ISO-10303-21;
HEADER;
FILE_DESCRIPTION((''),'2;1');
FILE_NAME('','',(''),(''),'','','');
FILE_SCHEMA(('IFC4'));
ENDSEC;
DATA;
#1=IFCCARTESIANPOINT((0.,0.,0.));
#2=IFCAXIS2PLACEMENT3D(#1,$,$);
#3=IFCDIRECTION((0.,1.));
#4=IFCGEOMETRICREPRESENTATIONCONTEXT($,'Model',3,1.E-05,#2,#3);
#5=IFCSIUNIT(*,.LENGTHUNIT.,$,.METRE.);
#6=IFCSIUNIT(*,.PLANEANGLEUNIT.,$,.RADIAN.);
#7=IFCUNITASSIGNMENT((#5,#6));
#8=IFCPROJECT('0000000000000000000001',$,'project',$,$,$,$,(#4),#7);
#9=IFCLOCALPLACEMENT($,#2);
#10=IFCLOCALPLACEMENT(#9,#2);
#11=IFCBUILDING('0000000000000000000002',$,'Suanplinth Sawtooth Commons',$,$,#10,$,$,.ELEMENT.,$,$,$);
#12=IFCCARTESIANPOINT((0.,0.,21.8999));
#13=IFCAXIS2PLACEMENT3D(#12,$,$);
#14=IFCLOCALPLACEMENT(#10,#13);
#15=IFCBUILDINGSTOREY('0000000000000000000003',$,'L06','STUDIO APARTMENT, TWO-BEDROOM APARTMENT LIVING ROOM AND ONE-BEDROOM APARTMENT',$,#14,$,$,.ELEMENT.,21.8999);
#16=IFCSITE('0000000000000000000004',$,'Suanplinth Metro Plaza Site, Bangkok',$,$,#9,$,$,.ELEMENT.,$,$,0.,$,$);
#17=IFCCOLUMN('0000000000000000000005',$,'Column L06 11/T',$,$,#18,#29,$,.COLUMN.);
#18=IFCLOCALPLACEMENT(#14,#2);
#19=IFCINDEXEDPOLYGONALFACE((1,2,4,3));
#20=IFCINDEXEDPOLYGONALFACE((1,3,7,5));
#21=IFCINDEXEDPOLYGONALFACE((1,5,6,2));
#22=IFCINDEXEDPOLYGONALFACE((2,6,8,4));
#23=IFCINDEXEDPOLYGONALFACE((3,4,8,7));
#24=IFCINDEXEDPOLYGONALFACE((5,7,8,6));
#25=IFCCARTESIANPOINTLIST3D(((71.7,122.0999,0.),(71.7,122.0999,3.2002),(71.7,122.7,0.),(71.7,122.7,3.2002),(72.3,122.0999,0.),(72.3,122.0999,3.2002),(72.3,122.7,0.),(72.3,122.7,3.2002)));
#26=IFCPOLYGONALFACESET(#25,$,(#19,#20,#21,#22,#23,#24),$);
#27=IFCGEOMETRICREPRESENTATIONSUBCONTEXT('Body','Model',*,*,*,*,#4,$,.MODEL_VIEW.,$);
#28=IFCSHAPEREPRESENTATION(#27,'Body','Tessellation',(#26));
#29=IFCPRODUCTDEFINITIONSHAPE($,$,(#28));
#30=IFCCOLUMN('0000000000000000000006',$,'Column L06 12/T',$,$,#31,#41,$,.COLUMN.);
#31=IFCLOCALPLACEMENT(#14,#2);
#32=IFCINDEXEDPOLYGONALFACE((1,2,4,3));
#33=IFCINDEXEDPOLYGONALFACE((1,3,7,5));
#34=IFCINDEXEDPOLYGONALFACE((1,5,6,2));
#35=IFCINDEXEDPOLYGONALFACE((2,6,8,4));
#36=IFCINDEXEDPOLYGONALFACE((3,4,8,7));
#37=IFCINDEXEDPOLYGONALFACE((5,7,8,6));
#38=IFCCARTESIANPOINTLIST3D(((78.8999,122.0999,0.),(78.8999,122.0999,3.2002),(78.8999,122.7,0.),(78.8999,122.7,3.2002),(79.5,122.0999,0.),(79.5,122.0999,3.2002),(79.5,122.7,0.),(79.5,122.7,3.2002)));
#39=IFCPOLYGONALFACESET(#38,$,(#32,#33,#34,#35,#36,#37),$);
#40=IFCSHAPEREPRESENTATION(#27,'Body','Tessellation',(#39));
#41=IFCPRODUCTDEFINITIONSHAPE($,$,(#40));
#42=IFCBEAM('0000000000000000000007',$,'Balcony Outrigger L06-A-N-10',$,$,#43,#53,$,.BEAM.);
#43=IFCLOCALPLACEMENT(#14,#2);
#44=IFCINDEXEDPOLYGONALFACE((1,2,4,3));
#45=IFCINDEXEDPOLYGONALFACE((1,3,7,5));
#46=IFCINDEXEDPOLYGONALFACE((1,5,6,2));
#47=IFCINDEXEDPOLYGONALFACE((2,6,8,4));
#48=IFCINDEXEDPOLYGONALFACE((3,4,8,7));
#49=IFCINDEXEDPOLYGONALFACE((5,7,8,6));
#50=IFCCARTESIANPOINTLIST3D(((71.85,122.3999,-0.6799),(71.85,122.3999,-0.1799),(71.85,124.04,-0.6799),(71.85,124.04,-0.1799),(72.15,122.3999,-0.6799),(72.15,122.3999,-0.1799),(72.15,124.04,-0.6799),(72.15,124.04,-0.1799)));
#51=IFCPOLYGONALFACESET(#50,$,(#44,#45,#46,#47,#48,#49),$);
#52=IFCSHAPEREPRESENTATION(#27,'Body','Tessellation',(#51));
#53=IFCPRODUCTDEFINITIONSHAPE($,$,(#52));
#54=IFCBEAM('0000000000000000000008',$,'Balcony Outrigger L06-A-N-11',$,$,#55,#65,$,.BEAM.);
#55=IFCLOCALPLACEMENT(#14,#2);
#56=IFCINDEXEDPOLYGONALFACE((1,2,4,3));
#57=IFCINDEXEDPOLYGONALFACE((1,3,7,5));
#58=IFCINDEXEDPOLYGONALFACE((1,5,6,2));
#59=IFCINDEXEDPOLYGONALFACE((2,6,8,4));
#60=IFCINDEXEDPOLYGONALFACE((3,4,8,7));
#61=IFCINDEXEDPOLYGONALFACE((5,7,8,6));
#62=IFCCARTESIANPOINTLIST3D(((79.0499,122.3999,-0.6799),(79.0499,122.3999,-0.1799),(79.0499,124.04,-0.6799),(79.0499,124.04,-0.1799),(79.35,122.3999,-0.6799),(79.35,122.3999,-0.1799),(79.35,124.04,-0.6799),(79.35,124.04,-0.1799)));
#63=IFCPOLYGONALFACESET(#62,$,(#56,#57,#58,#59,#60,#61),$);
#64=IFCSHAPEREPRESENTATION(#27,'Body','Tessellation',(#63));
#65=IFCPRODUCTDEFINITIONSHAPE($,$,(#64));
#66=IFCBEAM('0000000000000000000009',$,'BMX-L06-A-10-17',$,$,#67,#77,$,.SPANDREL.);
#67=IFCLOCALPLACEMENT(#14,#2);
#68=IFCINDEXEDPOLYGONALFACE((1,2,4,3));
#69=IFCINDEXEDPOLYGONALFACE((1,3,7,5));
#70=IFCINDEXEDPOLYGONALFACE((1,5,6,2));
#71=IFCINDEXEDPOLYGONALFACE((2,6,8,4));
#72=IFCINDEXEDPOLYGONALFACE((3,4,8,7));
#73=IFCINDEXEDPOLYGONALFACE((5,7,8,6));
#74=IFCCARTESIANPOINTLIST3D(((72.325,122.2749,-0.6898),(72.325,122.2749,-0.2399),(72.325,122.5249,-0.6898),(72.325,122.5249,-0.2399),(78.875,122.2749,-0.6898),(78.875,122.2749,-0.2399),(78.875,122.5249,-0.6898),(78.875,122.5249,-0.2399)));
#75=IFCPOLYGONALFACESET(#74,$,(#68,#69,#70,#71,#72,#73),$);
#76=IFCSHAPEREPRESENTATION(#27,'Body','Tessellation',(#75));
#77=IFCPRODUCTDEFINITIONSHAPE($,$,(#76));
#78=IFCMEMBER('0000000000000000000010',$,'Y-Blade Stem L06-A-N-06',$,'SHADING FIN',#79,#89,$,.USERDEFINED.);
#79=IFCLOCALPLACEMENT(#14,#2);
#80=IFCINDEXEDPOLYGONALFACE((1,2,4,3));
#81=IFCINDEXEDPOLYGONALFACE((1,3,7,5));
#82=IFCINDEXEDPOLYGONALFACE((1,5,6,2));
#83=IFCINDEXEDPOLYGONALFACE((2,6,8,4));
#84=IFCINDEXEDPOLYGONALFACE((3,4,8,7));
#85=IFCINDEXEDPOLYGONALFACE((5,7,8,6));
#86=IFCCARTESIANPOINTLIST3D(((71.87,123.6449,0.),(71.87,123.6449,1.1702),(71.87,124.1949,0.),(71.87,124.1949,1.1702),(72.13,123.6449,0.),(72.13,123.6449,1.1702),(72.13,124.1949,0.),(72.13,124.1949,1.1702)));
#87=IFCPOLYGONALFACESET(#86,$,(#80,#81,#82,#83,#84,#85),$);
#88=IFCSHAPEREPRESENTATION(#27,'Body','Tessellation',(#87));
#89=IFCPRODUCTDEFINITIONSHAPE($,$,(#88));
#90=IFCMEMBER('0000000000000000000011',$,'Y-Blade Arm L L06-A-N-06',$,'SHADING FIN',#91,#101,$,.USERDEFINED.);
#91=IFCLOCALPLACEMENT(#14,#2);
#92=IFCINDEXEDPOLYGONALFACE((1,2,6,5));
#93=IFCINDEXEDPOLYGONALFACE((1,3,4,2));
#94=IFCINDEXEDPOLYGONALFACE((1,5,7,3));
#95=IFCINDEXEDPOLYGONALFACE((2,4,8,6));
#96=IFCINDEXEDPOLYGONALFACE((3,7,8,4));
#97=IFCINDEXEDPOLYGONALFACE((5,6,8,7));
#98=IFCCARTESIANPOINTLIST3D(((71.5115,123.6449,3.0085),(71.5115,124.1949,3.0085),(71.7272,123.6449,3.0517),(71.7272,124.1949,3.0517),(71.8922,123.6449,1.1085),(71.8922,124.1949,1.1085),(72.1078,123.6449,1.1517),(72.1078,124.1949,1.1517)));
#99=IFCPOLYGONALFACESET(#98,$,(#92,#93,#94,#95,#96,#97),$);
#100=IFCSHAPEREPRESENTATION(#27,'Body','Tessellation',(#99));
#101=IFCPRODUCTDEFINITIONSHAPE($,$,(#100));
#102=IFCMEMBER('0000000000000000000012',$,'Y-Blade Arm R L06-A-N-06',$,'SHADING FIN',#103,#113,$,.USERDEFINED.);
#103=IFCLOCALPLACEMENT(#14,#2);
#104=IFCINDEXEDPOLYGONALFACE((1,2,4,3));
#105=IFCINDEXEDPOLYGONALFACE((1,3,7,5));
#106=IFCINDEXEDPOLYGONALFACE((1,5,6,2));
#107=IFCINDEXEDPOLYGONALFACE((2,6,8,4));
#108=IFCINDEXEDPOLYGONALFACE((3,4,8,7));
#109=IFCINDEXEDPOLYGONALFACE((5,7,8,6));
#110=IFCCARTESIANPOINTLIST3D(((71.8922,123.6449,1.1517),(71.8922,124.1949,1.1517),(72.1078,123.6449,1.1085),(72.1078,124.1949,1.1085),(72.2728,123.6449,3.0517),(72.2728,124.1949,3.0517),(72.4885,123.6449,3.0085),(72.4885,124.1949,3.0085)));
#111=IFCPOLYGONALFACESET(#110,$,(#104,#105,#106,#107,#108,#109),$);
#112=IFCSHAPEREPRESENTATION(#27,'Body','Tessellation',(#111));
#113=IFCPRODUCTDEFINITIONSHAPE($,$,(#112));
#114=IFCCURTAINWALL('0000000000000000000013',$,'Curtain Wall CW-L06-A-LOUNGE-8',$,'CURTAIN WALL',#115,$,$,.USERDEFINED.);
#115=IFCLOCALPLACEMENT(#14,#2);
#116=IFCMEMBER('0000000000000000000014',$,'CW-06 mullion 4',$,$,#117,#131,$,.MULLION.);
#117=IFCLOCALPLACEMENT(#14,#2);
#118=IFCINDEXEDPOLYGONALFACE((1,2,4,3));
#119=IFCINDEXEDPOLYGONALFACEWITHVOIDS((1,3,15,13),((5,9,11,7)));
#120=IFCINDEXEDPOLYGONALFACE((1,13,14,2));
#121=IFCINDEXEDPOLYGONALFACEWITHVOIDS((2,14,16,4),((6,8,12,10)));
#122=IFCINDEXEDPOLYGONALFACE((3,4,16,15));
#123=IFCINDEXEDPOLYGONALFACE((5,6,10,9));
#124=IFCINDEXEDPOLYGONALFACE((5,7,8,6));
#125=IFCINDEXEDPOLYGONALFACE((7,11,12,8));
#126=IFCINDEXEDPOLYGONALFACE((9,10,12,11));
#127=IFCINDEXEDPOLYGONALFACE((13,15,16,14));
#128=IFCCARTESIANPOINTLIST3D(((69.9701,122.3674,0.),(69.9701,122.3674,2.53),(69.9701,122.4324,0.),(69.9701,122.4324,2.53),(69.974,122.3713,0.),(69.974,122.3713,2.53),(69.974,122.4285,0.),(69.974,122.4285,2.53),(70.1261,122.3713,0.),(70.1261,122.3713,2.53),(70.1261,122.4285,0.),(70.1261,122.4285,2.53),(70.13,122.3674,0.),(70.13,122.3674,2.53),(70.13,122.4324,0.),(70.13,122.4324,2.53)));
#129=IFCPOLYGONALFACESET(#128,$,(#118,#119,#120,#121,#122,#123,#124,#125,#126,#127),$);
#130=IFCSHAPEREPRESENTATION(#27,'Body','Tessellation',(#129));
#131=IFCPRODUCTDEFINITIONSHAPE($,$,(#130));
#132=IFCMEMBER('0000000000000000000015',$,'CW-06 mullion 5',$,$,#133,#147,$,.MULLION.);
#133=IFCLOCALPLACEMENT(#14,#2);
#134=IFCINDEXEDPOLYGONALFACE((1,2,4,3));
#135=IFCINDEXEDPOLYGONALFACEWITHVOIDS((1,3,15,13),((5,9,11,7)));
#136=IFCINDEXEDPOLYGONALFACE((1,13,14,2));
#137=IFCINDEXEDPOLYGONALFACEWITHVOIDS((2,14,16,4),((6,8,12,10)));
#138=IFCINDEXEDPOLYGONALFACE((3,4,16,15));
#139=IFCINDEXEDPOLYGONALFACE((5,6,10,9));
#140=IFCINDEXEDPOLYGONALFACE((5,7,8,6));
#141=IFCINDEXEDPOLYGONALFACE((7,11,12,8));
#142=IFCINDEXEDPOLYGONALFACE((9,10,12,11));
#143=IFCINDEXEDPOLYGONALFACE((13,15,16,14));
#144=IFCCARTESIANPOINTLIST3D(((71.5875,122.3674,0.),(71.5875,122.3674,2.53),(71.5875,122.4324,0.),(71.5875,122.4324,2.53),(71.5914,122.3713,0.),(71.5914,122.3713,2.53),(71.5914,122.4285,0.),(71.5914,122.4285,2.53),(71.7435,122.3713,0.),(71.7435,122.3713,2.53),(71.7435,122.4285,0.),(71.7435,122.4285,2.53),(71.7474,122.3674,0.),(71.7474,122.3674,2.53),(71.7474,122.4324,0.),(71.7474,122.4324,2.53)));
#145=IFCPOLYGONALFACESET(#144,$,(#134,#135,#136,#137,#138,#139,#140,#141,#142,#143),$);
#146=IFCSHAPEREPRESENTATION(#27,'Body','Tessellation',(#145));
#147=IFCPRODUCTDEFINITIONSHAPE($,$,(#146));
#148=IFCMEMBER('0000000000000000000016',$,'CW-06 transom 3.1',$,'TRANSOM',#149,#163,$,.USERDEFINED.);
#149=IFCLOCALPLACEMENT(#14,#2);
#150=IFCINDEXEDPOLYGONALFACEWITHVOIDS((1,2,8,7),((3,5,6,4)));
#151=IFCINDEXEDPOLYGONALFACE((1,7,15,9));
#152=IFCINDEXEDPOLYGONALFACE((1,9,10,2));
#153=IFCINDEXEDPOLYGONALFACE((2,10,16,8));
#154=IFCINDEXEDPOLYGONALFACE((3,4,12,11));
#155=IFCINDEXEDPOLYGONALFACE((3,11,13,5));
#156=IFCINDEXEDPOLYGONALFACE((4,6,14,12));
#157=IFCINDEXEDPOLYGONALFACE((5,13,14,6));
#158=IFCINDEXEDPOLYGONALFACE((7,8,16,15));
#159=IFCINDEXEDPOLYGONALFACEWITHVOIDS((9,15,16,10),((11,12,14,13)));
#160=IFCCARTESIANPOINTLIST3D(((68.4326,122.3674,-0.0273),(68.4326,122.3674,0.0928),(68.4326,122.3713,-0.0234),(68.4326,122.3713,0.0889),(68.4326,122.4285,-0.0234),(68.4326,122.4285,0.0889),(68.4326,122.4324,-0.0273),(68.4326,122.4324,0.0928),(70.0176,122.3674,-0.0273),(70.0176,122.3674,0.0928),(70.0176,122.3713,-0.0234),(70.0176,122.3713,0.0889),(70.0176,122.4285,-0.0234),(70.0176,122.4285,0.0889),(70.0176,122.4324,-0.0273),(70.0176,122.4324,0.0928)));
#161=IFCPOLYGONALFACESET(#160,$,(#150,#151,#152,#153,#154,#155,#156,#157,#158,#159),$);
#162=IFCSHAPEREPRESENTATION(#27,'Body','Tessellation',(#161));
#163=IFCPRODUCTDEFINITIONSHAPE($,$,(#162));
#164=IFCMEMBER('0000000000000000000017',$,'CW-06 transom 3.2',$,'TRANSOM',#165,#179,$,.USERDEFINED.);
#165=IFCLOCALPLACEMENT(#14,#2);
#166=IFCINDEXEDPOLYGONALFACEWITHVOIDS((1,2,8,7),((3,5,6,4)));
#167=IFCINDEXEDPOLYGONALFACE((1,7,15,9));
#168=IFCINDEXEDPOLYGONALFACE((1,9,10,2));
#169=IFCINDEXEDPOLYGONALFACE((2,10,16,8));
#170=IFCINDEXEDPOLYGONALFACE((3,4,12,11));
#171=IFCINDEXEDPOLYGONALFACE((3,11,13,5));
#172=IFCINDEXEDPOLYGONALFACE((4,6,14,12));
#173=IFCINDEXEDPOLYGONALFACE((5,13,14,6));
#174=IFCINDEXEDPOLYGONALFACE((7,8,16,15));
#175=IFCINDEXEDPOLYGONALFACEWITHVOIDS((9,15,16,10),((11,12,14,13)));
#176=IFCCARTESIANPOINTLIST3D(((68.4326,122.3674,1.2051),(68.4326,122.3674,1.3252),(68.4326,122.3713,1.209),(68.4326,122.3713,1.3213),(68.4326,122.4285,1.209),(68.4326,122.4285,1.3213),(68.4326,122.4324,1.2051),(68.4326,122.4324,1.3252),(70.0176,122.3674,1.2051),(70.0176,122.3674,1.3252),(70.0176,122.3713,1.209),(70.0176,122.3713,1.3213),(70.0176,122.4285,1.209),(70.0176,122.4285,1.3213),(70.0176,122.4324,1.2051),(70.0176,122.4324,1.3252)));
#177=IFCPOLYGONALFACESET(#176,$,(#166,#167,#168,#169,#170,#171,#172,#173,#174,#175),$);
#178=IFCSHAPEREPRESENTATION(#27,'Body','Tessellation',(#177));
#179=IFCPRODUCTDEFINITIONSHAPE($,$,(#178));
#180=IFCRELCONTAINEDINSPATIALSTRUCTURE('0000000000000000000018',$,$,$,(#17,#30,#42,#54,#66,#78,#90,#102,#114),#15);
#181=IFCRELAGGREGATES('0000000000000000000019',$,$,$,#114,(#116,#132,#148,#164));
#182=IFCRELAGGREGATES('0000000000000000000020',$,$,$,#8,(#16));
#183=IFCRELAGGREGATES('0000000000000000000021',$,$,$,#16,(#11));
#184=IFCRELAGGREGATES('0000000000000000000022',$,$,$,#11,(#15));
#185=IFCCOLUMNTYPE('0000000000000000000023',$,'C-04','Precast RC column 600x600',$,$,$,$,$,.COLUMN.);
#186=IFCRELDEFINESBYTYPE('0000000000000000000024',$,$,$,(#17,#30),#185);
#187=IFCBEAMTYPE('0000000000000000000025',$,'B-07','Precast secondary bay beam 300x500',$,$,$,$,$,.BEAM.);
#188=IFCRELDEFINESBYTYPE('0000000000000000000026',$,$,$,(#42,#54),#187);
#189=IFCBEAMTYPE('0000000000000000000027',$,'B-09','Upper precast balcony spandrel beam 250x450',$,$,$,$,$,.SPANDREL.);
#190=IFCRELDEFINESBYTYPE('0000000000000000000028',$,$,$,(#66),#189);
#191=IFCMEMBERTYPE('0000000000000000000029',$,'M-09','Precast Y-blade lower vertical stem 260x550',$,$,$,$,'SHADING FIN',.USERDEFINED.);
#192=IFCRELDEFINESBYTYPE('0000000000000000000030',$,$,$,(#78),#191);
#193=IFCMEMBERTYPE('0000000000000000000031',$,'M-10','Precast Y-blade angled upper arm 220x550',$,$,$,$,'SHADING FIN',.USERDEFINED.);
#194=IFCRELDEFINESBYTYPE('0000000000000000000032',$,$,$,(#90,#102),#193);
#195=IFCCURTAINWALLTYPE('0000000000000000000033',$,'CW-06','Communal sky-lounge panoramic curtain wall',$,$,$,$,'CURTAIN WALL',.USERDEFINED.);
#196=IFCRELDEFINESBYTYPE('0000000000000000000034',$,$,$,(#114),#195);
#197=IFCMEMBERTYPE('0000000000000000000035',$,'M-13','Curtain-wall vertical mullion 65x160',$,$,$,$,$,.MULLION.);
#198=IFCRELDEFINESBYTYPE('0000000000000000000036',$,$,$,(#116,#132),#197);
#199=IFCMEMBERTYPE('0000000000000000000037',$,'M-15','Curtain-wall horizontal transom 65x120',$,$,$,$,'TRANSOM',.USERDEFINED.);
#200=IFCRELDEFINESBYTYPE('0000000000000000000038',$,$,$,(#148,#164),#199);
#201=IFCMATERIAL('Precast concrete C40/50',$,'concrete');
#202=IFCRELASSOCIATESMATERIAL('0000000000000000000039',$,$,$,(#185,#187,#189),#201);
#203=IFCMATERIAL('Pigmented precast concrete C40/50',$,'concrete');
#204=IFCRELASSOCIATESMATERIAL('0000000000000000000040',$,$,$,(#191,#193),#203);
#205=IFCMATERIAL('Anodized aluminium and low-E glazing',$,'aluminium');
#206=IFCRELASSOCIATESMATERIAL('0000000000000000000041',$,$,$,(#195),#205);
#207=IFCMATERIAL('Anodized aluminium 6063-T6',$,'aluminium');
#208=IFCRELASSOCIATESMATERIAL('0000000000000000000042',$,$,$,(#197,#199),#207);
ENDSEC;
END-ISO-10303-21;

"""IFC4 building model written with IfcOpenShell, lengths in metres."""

from ifc_helpers import new_model, si_unit, direction, frame, origin, origin_2d, place, context, subcontext, project, spatial, rectangle, hollow_rectangle, extrude, material, material_profile, profile_set, type_object, element, aggregate, save


model = new_model("IFC4")

# Units and contexts
model_context = context("Model", 3, precision=1e-05, world=origin(), true_north=direction((0.0, 1.0)))
body_context = subcontext(model_context, "Body", "Model", "MODEL_VIEW")
ifc_project = project(units=[si_unit("LENGTHUNIT", "METRE"), si_unit("PLANEANGLEUNIT", "RADIAN")], contexts=[model_context])

# Site, building, storey
site_placement = place(None, origin())
site = spatial("IfcSite", under=ifc_project, at=site_placement, Name="Suanplinth Metro Plaza Site, Bangkok", CompositionType="ELEMENT", RefElevation=0.0)
building_placement = place(site_placement, origin())
building = spatial("IfcBuilding", under=site, at=building_placement, Name="Suanplinth Sawtooth Commons", CompositionType="ELEMENT")
storey_placement = place(building_placement, frame((0.0, 0.0, 21.8999)))
storey = spatial("IfcBuildingStorey", under=building, at=storey_placement, Name="L06", Description="STUDIO APARTMENT, TWO-BEDROOM APARTMENT LIVING ROOM AND ONE-BEDROOM APARTMENT", CompositionType="ELEMENT", Elevation=21.8999)

# Columns
ifc_material_1 = material(Name="Precast concrete C40/50", Category="concrete")
ifc_material_profile_1 = material_profile(ifc_material_1, rectangle(XDim=0.6001, YDim=0.6001, at=origin_2d()), Name="PC-COL 600x600")
ifc_profile_set_1 = profile_set([ifc_material_profile_1], Name="Precast concrete C40/50")
column_type = type_object("IfcColumnType", Name="C-04", Description="Precast RC column 600x600", PredefinedType="COLUMN", material=ifc_profile_set_1)
for number, where, z_axis, x_axis, name in (
    (1, (72.0, 122.3999, 0.0), (0.0, 0.0, 1.0), (1.0, 0.0, 0.0), "Column L06 11/T"),
    (2, (79.2, 122.3999, 0.0), (0.0, 0.0, 1.0), (1.0, 0.0, 0.0), "Column L06 12/T"),
):
    element("IfcColumn", number, at=place(storey_placement, frame(where, z_axis=z_axis, x_axis=x_axis)), inside=storey, type_object=column_type, Name=name, PredefinedType="COLUMN", context=body_context, shape_type="SweptSolid", body=[
        extrude(rectangle(XDim=0.6001, YDim=0.6001, at=origin_2d()), origin(), (0.0, 0.0, 1.0), 3.2002),
    ])

# Beams
ifc_material_profile_2 = material_profile(ifc_material_1, rectangle(XDim=0.3, YDim=0.5, at=origin_2d()), Name="PC-BM 300x500")
ifc_profile_set_2 = profile_set([ifc_material_profile_2], Name="Precast concrete C40/50")
beam_type_1 = type_object("IfcBeamType", Name="B-07", Description="Precast secondary bay beam 300x500", PredefinedType="BEAM", material=ifc_profile_set_2)
for number, where, z_axis, x_axis, name in (
    (3, (72.0, 122.3999, -0.4299), (0.0, 1.0, 0.0), (-1.0, 0.0, 0.0), "Balcony Outrigger L06-A-N-10"),
    (4, (79.2, 122.3999, -0.4299), (0.0, 1.0, 0.0), (-1.0, 0.0, 0.0), "Balcony Outrigger L06-A-N-11"),
):
    element("IfcBeam", number, at=place(storey_placement, frame(where, z_axis=z_axis, x_axis=x_axis)), inside=storey, type_object=beam_type_1, Name=name, PredefinedType="BEAM", context=body_context, shape_type="SweptSolid", body=[
        extrude(rectangle(XDim=0.3, YDim=0.5, at=origin_2d()), origin(), (0.0, 0.0, 1.0), 1.6401),
    ])
ifc_material_profile_3 = material_profile(ifc_material_1, rectangle(XDim=0.25, YDim=0.45, at=origin_2d()), Name="PC-SP 250x450")
ifc_profile_set_3 = profile_set([ifc_material_profile_3], Name="Precast concrete C40/50")
beam_type_2 = type_object("IfcBeamType", Name="B-09", Description="Upper precast balcony spandrel beam 250x450", PredefinedType="SPANDREL", material=ifc_profile_set_3)
beam_placement = place(storey_placement, frame((72.325, 122.3999, -0.4648), z_axis=(1.0, 0.0, 0.0), x_axis=(0.0, 1.0, 0.0)))
element("IfcBeam", 5, at=beam_placement, inside=storey, type_object=beam_type_2, Name="BMX-L06-A-10-17", PredefinedType="SPANDREL", context=body_context, shape_type="SweptSolid", body=[
    extrude(rectangle(XDim=0.25, YDim=0.45, at=origin_2d()), origin(), (0.0, 0.0, 1.0), 6.55),
])

# Members
ifc_material_2 = material(Name="Pigmented precast concrete C40/50", Category="concrete")
ifc_material_profile_4 = material_profile(ifc_material_2, rectangle(XDim=0.26, YDim=0.55, at=origin_2d()), Name="PC-FIN 260x550")
ifc_profile_set_4 = profile_set([ifc_material_profile_4], Name="Pigmented precast concrete C40/50")
member_type_1 = type_object("IfcMemberType", Name="M-09", Description="Precast Y-blade lower vertical stem 260x550", ElementType="SHADING FIN", PredefinedType="USERDEFINED", material=ifc_profile_set_4)
member_1_placement = place(storey_placement, frame((72.0, 123.9199, 0.0), z_axis=(0.0, 0.0, 1.0), x_axis=(1.0, 0.0, 0.0)))
element("IfcMember", 6, at=member_1_placement, inside=storey, type_object=member_type_1, Name="Y-Blade Stem L06-A-N-06", ObjectType="SHADING FIN", PredefinedType="USERDEFINED", context=body_context, shape_type="SweptSolid", body=[
    extrude(rectangle(XDim=0.26, YDim=0.55, at=origin_2d()), origin(), (0.0, 0.0, 1.0), 1.1702),
])
ifc_material_profile_5 = material_profile(ifc_material_2, rectangle(XDim=0.22, YDim=0.55, at=origin_2d()), Name="PC-FIN 220x550")
ifc_profile_set_5 = profile_set([ifc_material_profile_5], Name="Pigmented precast concrete C40/50")
member_type_2 = type_object("IfcMemberType", Name="M-10", Description="Precast Y-blade angled upper arm 220x550", ElementType="SHADING FIN", PredefinedType="USERDEFINED", material=ifc_profile_set_5)
for number, where, z_axis, x_axis, name in (
    (7, (72.0, 123.9199, 1.1301), (-0.196431, 0.0, 0.980518), (0.980518, 0.0, 0.196431), "Y-Blade Arm L L06-A-N-06"),
    (8, (72.0, 123.9199, 1.1301), (0.196431, 0.0, 0.980518), (-0.980518, 0.0, 0.196431), "Y-Blade Arm R L06-A-N-06"),
):
    element("IfcMember", number, at=place(storey_placement, frame(where, z_axis=z_axis, x_axis=x_axis)), inside=storey, type_object=member_type_2, Name=name, ObjectType="SHADING FIN", PredefinedType="USERDEFINED", context=body_context, shape_type="SweptSolid", body=[
        extrude(rectangle(XDim=0.22, YDim=0.55, at=origin_2d()), origin(), (0.0, 0.0, 1.0), 1.9377),
    ])

# Curtain wall, members
ifc_material_3 = material(Name="Anodized aluminium and low-E glazing", Category="aluminium")
curtain_wall_type = type_object("IfcCurtainWallType", Name="CW-06", Description="Communal sky-lounge panoramic curtain wall", ElementType="CURTAIN WALL", PredefinedType="USERDEFINED", material=ifc_material_3)
curtain_wall_placement = place(storey_placement, origin())
curtain_wall = element("IfcCurtainWall", 9, at=curtain_wall_placement, inside=storey, type_object=curtain_wall_type, Name="Curtain Wall CW-L06-A-LOUNGE-8", ObjectType="CURTAIN WALL", PredefinedType="USERDEFINED")
ifc_material_4 = material(Name="Anodized aluminium 6063-T6", Category="aluminium")
ifc_material_profile_6 = material_profile(ifc_material_4, hollow_rectangle(XDim=0.0649, YDim=0.1599, WallThickness=0.0039, at=origin_2d()), Name="ALU-MUL 65x160")
ifc_profile_set_6 = profile_set([ifc_material_profile_6], Name="Anodized aluminium 6063-T6")
member_type_3 = type_object("IfcMemberType", Name="M-13", Description="Curtain-wall vertical mullion 65x160", PredefinedType="MULLION", material=ifc_profile_set_6)
member_2_placement = place(storey_placement, frame((70.05, 122.3999, 0.0), z_axis=(0.0, 0.0, 1.0), x_axis=(0.0, 1.0, 0.0)))
member_2 = element("IfcMember", 10, at=member_2_placement, type_object=member_type_3, Name="CW-06 mullion 4", PredefinedType="MULLION", context=body_context, shape_type="SweptSolid", body=[
    extrude(hollow_rectangle(XDim=0.0649, YDim=0.1599, WallThickness=0.0039, at=origin_2d()), origin(), (0.0, 0.0, 1.0), 2.53),
])
member_3_placement = place(storey_placement, frame((71.6675, 122.3999, 0.0), z_axis=(0.0, 0.0, 1.0), x_axis=(0.0, 1.0, 0.0)))
member_3 = element("IfcMember", 11, at=member_3_placement, type_object=member_type_3, Name="CW-06 mullion 5", PredefinedType="MULLION", context=body_context, shape_type="SweptSolid", body=[
    extrude(hollow_rectangle(XDim=0.0649, YDim=0.1599, WallThickness=0.0039, at=origin_2d()), origin(), (0.0, 0.0, 1.0), 2.53),
])
ifc_material_profile_7 = material_profile(ifc_material_4, hollow_rectangle(XDim=0.0649, YDim=0.1201, WallThickness=0.0039, at=origin_2d()), Name="ALU-TRN 65x120")
ifc_profile_set_7 = profile_set([ifc_material_profile_7], Name="Anodized aluminium 6063-T6")
member_type_4 = type_object("IfcMemberType", Name="M-15", Description="Curtain-wall horizontal transom 65x120", ElementType="TRANSOM", PredefinedType="USERDEFINED", material=ifc_profile_set_7)
member_4_placement = place(storey_placement, frame((68.4326, 122.3999, 0.0327), z_axis=(1.0, 0.0, 0.0), x_axis=(0.0, 1.0, 0.0)))
member_4 = element("IfcMember", 12, at=member_4_placement, type_object=member_type_4, Name="CW-06 transom 3.1", ObjectType="TRANSOM", PredefinedType="USERDEFINED", context=body_context, shape_type="SweptSolid", body=[
    extrude(hollow_rectangle(XDim=0.0649, YDim=0.1201, WallThickness=0.0039, at=origin_2d()), origin(), (0.0, 0.0, 1.0), 1.585),
])
member_5_placement = place(storey_placement, frame((68.4326, 122.3999, 1.2651), z_axis=(1.0, 0.0, 0.0), x_axis=(0.0, 1.0, 0.0)))
member_5 = element("IfcMember", 13, at=member_5_placement, type_object=member_type_4, Name="CW-06 transom 3.2", ObjectType="TRANSOM", PredefinedType="USERDEFINED", context=body_context, shape_type="SweptSolid", body=[
    extrude(hollow_rectangle(XDim=0.0649, YDim=0.1201, WallThickness=0.0039, at=origin_2d()), origin(), (0.0, 0.0, 1.0), 1.585),
])

aggregate(curtain_wall, [member_2, member_3, member_4, member_5])

save(model, "model.ifc")
